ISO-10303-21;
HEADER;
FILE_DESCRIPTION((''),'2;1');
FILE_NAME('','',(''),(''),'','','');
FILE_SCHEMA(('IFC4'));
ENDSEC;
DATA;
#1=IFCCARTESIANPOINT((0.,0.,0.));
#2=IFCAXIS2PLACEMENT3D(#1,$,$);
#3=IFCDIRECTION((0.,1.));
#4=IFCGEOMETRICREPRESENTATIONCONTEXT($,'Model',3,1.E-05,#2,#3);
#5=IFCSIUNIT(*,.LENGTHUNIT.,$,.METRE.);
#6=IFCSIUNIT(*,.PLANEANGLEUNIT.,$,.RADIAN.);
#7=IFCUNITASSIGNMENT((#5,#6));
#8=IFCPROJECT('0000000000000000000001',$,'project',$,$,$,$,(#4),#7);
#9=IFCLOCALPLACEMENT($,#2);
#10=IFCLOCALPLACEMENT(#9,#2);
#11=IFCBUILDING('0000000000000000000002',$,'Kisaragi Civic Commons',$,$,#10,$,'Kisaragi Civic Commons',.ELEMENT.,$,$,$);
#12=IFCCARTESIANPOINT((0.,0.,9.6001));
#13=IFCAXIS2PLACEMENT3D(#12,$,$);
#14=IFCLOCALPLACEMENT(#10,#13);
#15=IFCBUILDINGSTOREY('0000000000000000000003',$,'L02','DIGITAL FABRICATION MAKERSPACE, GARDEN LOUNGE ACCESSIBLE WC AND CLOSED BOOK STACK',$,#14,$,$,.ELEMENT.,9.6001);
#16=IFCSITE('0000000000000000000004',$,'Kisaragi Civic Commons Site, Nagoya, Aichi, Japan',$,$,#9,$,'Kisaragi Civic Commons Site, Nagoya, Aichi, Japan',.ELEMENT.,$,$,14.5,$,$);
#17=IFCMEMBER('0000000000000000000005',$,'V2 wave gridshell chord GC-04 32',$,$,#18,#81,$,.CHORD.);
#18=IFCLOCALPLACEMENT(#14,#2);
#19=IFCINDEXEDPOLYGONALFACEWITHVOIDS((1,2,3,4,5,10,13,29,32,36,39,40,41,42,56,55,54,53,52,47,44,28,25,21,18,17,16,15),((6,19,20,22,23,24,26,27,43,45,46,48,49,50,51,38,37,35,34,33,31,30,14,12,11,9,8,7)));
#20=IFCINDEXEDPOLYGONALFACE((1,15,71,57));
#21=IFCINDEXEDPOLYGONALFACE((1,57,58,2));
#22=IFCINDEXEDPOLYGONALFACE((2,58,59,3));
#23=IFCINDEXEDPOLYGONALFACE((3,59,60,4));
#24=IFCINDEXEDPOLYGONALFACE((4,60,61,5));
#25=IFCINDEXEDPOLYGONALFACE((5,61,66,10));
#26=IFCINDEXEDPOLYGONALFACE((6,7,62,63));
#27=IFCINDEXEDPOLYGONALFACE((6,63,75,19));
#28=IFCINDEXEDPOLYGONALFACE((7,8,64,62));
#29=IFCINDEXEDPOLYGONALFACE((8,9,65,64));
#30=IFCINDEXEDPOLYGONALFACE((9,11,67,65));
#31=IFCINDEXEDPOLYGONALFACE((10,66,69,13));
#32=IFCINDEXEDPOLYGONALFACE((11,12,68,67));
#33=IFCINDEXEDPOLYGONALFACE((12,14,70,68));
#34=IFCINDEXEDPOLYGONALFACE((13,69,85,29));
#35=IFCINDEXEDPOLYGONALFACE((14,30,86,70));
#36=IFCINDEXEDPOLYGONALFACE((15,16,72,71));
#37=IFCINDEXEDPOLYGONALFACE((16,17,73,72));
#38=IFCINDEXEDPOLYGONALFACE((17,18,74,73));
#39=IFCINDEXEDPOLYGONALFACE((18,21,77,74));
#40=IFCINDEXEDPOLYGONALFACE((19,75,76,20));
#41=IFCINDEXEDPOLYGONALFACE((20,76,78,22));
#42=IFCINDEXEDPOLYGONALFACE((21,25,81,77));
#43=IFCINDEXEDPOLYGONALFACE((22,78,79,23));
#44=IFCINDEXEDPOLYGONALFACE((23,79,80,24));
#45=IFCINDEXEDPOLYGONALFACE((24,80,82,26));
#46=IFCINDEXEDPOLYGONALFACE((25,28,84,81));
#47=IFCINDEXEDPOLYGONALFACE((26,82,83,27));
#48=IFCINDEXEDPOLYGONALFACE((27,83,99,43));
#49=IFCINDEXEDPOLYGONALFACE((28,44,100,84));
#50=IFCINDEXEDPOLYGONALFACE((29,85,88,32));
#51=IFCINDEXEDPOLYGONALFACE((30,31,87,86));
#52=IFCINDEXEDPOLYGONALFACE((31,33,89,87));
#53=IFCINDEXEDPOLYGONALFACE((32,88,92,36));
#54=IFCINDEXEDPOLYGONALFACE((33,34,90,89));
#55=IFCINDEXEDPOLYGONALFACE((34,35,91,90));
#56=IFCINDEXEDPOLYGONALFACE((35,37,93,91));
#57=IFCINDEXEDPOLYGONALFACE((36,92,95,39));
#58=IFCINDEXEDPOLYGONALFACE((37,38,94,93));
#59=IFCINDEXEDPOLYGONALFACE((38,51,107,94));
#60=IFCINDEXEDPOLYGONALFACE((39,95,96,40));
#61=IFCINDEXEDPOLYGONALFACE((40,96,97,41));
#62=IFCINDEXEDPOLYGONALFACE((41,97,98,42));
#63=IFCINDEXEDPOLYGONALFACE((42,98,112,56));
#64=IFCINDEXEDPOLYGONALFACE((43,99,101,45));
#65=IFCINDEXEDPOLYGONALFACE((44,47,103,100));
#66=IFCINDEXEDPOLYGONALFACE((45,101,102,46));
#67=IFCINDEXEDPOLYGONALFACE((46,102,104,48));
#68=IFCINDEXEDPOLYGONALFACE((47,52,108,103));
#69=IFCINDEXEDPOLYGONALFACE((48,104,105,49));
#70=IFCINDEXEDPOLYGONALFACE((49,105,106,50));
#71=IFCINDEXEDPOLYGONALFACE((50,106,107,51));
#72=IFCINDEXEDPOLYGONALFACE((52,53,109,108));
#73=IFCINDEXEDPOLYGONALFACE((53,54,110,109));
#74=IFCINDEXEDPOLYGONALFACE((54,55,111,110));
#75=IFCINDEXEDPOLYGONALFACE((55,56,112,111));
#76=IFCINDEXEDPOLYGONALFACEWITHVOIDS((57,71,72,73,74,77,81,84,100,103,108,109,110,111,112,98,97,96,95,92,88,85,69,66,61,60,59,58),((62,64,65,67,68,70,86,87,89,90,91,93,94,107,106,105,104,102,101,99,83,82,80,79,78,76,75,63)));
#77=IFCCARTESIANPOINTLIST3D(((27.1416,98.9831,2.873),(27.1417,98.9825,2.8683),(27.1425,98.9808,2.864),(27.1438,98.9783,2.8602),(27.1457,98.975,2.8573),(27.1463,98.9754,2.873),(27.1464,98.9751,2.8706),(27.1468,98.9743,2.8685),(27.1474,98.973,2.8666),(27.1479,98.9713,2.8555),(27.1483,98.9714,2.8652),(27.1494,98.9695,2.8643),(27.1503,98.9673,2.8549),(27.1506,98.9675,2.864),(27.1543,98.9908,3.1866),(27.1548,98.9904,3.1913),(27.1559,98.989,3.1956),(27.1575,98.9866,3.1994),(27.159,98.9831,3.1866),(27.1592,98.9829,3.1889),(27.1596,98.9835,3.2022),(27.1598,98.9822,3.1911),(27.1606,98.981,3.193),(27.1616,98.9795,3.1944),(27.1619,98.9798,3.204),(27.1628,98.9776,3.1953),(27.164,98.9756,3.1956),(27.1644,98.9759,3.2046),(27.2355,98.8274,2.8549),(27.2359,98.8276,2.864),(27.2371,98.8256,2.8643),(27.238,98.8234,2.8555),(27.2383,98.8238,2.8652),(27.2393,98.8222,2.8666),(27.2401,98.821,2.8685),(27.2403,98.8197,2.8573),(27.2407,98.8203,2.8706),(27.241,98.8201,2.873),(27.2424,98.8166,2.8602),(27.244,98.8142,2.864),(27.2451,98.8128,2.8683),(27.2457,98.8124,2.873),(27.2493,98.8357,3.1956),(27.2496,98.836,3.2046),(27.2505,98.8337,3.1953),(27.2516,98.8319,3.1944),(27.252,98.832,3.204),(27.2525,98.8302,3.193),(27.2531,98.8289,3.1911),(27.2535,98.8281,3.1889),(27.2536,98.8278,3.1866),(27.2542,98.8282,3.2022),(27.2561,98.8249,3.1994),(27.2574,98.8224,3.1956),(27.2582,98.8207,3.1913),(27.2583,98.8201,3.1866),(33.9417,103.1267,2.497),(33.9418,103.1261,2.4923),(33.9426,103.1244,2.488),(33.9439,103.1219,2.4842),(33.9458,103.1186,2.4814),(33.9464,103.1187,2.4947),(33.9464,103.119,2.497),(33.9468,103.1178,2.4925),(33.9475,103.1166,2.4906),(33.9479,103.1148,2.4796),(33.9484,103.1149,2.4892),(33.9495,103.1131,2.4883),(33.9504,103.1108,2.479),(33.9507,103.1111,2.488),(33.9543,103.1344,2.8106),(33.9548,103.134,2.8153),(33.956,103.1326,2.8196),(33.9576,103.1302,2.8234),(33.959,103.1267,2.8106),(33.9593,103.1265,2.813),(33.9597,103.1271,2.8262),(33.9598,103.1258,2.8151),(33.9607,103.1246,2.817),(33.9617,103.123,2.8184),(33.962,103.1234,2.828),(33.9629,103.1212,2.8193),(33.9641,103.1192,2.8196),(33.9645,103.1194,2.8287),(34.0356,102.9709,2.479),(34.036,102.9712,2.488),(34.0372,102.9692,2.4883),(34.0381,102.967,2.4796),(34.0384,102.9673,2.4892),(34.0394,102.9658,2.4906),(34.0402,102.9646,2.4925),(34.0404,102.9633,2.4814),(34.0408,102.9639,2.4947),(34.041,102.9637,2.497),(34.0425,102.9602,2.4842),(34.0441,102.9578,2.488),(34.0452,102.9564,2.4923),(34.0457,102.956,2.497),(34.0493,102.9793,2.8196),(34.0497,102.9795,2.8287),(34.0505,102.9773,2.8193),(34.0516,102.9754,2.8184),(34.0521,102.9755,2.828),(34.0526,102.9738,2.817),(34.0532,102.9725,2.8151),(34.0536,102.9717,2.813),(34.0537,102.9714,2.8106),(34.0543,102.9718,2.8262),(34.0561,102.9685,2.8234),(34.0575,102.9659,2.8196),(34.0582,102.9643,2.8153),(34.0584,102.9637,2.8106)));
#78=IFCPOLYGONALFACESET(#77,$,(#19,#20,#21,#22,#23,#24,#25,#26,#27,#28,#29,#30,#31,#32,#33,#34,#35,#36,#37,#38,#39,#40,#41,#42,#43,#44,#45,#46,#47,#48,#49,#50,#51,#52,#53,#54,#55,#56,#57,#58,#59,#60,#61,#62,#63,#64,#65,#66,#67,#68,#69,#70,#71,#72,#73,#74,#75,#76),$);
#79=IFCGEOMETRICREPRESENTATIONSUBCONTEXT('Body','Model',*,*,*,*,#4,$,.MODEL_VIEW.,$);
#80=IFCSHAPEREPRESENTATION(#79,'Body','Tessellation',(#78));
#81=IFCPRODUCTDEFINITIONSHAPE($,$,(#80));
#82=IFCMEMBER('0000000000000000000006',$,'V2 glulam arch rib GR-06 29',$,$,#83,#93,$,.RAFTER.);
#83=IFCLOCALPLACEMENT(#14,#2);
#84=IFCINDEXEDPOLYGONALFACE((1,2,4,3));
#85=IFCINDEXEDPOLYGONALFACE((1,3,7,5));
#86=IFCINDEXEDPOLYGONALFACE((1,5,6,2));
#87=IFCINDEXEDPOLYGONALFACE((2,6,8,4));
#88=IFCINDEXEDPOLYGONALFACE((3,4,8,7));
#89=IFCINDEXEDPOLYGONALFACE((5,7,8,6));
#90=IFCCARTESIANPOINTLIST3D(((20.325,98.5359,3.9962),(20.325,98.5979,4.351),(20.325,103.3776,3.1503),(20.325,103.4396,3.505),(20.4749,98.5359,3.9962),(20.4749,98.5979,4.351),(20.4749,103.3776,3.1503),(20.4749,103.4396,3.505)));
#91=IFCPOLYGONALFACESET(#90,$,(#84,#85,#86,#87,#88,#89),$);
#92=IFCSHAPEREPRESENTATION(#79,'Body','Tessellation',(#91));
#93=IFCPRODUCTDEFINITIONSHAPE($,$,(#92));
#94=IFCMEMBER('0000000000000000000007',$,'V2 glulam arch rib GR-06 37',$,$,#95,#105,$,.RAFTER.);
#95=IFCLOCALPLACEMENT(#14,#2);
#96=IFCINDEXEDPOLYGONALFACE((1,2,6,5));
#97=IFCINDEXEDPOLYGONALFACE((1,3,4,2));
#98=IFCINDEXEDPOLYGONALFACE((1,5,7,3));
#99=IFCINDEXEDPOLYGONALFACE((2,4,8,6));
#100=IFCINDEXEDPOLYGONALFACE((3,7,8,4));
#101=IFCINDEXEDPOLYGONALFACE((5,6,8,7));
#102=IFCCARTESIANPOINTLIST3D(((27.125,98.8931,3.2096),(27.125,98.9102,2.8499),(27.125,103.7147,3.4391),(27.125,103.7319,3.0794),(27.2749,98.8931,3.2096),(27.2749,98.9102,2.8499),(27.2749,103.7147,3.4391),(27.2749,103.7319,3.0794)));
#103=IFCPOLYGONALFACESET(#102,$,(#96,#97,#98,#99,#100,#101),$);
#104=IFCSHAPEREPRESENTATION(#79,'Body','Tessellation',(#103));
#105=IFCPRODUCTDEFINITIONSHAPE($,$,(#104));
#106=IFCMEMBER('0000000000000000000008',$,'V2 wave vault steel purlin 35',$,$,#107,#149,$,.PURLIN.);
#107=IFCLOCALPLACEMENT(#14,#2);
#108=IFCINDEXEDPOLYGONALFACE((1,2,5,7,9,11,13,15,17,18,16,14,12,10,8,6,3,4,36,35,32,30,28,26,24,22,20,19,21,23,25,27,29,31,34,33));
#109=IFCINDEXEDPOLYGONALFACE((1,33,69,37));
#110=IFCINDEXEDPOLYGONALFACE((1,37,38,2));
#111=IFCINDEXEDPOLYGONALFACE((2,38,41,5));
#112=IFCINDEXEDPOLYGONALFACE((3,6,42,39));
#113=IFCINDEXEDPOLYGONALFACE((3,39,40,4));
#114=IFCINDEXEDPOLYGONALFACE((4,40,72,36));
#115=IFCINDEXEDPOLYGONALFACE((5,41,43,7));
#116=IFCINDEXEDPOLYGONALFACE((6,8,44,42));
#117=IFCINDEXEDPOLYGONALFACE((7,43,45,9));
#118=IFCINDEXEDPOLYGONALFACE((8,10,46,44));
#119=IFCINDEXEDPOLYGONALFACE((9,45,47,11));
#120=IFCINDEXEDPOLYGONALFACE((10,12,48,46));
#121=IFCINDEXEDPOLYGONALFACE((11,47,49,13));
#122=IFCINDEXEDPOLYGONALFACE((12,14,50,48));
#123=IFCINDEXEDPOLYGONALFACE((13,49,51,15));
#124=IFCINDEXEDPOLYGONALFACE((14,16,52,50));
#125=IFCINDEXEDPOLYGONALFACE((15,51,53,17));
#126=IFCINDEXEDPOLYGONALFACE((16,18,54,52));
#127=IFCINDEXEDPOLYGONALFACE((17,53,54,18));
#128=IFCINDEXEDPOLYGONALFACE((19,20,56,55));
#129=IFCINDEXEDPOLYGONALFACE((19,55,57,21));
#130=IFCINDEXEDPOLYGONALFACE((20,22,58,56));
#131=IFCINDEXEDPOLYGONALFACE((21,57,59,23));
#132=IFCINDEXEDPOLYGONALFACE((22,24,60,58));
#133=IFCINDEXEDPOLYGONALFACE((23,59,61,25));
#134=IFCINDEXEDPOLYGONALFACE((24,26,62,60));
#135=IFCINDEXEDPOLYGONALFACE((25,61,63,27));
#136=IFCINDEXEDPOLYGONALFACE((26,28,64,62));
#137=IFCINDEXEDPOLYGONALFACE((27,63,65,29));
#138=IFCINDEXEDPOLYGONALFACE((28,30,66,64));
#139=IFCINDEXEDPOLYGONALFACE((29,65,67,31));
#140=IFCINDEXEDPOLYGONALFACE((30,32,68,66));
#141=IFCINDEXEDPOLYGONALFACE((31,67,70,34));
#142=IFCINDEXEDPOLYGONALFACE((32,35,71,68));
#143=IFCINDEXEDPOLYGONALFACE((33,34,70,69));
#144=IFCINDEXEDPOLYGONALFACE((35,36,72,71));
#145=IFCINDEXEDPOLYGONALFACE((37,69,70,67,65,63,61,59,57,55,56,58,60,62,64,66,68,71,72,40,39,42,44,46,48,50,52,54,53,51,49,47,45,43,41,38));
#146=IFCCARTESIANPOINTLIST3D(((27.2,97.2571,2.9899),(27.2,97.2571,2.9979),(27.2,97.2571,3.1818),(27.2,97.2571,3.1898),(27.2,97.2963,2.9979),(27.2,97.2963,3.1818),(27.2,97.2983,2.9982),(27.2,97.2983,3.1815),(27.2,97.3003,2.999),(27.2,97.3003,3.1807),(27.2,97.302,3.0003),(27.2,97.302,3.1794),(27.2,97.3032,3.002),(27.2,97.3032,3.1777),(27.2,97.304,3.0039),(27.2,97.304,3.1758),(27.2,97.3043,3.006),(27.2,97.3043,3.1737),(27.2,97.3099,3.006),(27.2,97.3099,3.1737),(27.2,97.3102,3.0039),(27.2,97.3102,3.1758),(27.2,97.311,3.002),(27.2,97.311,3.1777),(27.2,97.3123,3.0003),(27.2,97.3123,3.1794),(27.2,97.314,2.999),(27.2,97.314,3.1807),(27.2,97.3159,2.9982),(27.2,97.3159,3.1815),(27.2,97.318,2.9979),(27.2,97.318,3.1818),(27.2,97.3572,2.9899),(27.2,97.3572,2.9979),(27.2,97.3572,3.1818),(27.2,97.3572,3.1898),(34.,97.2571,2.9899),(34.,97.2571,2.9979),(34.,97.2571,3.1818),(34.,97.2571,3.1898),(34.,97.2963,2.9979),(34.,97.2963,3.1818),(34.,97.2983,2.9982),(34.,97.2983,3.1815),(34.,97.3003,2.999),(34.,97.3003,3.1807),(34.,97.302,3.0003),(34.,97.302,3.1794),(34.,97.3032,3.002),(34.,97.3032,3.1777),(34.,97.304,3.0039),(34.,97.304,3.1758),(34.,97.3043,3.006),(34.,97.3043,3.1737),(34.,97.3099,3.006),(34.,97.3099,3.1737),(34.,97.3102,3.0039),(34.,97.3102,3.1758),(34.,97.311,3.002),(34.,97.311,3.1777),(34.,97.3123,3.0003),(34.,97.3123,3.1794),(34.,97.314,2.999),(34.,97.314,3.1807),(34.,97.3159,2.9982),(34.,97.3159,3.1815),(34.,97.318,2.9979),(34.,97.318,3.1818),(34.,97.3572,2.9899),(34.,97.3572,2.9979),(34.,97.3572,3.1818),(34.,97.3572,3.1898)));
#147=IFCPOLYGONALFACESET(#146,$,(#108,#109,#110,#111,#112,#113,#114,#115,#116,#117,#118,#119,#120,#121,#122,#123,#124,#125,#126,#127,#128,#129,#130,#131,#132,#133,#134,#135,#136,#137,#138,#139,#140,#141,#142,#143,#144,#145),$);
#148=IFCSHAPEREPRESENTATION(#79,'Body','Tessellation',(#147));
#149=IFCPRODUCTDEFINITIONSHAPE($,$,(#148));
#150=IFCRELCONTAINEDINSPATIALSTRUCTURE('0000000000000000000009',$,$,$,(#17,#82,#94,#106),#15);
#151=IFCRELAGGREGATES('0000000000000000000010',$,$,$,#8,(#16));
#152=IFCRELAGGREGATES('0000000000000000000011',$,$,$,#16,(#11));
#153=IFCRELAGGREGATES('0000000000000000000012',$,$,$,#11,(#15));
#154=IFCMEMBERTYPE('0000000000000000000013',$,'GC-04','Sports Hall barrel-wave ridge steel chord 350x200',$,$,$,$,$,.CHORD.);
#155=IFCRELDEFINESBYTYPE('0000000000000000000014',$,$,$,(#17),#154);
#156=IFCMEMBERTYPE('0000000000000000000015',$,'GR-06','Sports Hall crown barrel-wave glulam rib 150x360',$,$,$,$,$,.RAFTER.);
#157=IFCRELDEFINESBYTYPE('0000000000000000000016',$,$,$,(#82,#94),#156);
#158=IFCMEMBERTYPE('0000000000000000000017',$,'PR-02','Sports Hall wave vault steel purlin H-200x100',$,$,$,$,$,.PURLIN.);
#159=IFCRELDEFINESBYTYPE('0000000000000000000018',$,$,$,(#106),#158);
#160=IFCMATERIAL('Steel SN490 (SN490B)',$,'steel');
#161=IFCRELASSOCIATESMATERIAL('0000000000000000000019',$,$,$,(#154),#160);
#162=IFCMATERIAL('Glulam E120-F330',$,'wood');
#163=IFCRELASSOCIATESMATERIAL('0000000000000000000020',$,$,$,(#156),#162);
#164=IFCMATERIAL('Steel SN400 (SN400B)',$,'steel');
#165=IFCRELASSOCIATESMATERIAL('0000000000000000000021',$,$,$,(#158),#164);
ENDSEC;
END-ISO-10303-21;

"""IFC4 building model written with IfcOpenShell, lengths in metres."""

from ifc_helpers import new_model, si_unit, direction, frame, origin, origin_2d, place, context, subcontext, project, spatial, rectangle, hollow_rectangle, i_section, extrude, material, material_profile, profile_set, type_object, element, save


model = new_model("IFC4")

# Units and contexts
model_context = context("Model", 3, precision=1e-05, world=origin(), true_north=direction((0.0, 1.0)))
body_context = subcontext(model_context, "Body", "Model", "MODEL_VIEW")
ifc_project = project(units=[si_unit("LENGTHUNIT", "METRE"), si_unit("PLANEANGLEUNIT", "RADIAN")], contexts=[model_context])

# Site, building, storey
site_placement = place(None, origin())
site = spatial("IfcSite", under=ifc_project, at=site_placement, Name="Kisaragi Civic Commons Site, Nagoya, Aichi, Japan", LongName="Kisaragi Civic Commons Site, Nagoya, Aichi, Japan", CompositionType="ELEMENT", RefElevation=14.5)
building_placement = place(site_placement, origin())
building = spatial("IfcBuilding", under=site, at=building_placement, Name="Kisaragi Civic Commons", LongName="Kisaragi Civic Commons", CompositionType="ELEMENT")
storey_placement = place(building_placement, frame((0.0, 0.0, 9.6001)))
storey = spatial("IfcBuildingStorey", under=building, at=storey_placement, Name="L02", Description="DIGITAL FABRICATION MAKERSPACE, GARDEN LOUNGE ACCESSIBLE WC AND CLOSED BOOK STACK", CompositionType="ELEMENT", Elevation=9.6001)

# Shared definitions
ifc_material_1 = material(Name="Steel SN400 (SN400B)", Category="steel")

# Members
ifc_material_2 = material(Name="Steel SN490 (SN490B)", Category="steel")
ifc_material_profile_1 = material_profile(ifc_material_2, hollow_rectangle(XDim=0.2, YDim=0.3501, WallThickness=0.009, InnerFilletRadius=0.009, OuterFilletRadius=0.0181, at=origin_2d()), Name="STKR-350x200x9", Category="steel")
ifc_profile_set_1 = profile_set([ifc_material_profile_1], Name="Steel SN490 (SN490B)")
member_type_1 = type_object("IfcMemberType", Name="GC-04", Description="Sports Hall barrel-wave ridge steel chord 350x200", PredefinedType="CHORD", material=ifc_profile_set_1)
member_1_placement = place(storey_placement, frame((27.2, 98.9016, 3.0298), z_axis=(0.853003, 0.519771, -0.047163), x_axis=(-0.52035, 0.853953, 0.0)))
element("IfcMember", 1, at=member_1_placement, inside=storey, type_object=member_type_1, Name="V2 wave gridshell chord GC-04 32", PredefinedType="CHORD", context=body_context, shape_type="SweptSolid", body=[
    extrude(hollow_rectangle(XDim=0.2, YDim=0.3501, WallThickness=0.009, InnerFilletRadius=0.009, OuterFilletRadius=0.0181, at=origin_2d()), origin(), (0.0, 0.0, 1.0), 7.9719),
])
ifc_material_3 = material(Name="Glulam E120-F330", Category="wood")
ifc_material_profile_2 = material_profile(ifc_material_3, rectangle(XDim=0.1499, YDim=0.3601, at=origin_2d()), Name="GL-150x360", Category="wood")
ifc_profile_set_2 = profile_set([ifc_material_profile_2], Name="Glulam E120-F330")
member_type_2 = type_object("IfcMemberType", Name="GR-06", Description="Sports Hall crown barrel-wave glulam rib 150x360", PredefinedType="RAFTER", material=ifc_profile_set_2)
member_2_placement = place(storey_placement, frame((20.3999, 98.5669, 4.1736), z_axis=(0.0, 0.985078, -0.17211), x_axis=(-1.0, 0.0, 0.0)))
element("IfcMember", 2, at=member_2_placement, inside=storey, type_object=member_type_2, Name="V2 glulam arch rib GR-06 29", PredefinedType="RAFTER", context=body_context, shape_type="SweptSolid", body=[
    extrude(rectangle(XDim=0.1499, YDim=0.3601, at=origin_2d()), origin(), (0.0, 0.0, 1.0), 4.915),
])
member_3_placement = place(storey_placement, frame((27.2, 98.9016, 3.0298), z_axis=(0.0, 0.998869, 0.047541), x_axis=(-1.0, 0.0, 0.0)))
element("IfcMember", 3, at=member_3_placement, inside=storey, type_object=member_type_2, Name="V2 glulam arch rib GR-06 37", PredefinedType="RAFTER", context=body_context, shape_type="SweptSolid", body=[
    extrude(rectangle(XDim=0.1499, YDim=0.3601, at=origin_2d()), origin(), (0.0, 0.0, 1.0), 4.8271),
])
ifc_material_profile_3 = material_profile(ifc_material_1, i_section(OverallWidth=0.1001, OverallDepth=0.2, WebThickness=0.0056, FlangeThickness=0.0081, FilletRadius=0.0081, at=origin_2d()), Name="H-200x100x5.5x8", Category="steel")
ifc_profile_set_3 = profile_set([ifc_material_profile_3], Name="Steel SN400 (SN400B)")
member_type_3 = type_object("IfcMemberType", Name="PR-02", Description="Sports Hall wave vault steel purlin H-200x100", PredefinedType="PURLIN", material=ifc_profile_set_3)
member_4_placement = place(storey_placement, frame((27.2, 97.3071, 3.0898), z_axis=(1.0, 0.0, 0.0), x_axis=(0.0, 1.0, 0.0)))
element("IfcMember", 4, at=member_4_placement, inside=storey, type_object=member_type_3, Name="V2 wave vault steel purlin 35", PredefinedType="PURLIN", context=body_context, shape_type="SweptSolid", body=[
    extrude(i_section(OverallWidth=0.1001, OverallDepth=0.2, WebThickness=0.0056, FlangeThickness=0.0081, FilletRadius=0.0081, at=origin_2d()), origin(), (0.0, 0.0, 1.0), 6.8),
])

save(model, "model.ifc")
